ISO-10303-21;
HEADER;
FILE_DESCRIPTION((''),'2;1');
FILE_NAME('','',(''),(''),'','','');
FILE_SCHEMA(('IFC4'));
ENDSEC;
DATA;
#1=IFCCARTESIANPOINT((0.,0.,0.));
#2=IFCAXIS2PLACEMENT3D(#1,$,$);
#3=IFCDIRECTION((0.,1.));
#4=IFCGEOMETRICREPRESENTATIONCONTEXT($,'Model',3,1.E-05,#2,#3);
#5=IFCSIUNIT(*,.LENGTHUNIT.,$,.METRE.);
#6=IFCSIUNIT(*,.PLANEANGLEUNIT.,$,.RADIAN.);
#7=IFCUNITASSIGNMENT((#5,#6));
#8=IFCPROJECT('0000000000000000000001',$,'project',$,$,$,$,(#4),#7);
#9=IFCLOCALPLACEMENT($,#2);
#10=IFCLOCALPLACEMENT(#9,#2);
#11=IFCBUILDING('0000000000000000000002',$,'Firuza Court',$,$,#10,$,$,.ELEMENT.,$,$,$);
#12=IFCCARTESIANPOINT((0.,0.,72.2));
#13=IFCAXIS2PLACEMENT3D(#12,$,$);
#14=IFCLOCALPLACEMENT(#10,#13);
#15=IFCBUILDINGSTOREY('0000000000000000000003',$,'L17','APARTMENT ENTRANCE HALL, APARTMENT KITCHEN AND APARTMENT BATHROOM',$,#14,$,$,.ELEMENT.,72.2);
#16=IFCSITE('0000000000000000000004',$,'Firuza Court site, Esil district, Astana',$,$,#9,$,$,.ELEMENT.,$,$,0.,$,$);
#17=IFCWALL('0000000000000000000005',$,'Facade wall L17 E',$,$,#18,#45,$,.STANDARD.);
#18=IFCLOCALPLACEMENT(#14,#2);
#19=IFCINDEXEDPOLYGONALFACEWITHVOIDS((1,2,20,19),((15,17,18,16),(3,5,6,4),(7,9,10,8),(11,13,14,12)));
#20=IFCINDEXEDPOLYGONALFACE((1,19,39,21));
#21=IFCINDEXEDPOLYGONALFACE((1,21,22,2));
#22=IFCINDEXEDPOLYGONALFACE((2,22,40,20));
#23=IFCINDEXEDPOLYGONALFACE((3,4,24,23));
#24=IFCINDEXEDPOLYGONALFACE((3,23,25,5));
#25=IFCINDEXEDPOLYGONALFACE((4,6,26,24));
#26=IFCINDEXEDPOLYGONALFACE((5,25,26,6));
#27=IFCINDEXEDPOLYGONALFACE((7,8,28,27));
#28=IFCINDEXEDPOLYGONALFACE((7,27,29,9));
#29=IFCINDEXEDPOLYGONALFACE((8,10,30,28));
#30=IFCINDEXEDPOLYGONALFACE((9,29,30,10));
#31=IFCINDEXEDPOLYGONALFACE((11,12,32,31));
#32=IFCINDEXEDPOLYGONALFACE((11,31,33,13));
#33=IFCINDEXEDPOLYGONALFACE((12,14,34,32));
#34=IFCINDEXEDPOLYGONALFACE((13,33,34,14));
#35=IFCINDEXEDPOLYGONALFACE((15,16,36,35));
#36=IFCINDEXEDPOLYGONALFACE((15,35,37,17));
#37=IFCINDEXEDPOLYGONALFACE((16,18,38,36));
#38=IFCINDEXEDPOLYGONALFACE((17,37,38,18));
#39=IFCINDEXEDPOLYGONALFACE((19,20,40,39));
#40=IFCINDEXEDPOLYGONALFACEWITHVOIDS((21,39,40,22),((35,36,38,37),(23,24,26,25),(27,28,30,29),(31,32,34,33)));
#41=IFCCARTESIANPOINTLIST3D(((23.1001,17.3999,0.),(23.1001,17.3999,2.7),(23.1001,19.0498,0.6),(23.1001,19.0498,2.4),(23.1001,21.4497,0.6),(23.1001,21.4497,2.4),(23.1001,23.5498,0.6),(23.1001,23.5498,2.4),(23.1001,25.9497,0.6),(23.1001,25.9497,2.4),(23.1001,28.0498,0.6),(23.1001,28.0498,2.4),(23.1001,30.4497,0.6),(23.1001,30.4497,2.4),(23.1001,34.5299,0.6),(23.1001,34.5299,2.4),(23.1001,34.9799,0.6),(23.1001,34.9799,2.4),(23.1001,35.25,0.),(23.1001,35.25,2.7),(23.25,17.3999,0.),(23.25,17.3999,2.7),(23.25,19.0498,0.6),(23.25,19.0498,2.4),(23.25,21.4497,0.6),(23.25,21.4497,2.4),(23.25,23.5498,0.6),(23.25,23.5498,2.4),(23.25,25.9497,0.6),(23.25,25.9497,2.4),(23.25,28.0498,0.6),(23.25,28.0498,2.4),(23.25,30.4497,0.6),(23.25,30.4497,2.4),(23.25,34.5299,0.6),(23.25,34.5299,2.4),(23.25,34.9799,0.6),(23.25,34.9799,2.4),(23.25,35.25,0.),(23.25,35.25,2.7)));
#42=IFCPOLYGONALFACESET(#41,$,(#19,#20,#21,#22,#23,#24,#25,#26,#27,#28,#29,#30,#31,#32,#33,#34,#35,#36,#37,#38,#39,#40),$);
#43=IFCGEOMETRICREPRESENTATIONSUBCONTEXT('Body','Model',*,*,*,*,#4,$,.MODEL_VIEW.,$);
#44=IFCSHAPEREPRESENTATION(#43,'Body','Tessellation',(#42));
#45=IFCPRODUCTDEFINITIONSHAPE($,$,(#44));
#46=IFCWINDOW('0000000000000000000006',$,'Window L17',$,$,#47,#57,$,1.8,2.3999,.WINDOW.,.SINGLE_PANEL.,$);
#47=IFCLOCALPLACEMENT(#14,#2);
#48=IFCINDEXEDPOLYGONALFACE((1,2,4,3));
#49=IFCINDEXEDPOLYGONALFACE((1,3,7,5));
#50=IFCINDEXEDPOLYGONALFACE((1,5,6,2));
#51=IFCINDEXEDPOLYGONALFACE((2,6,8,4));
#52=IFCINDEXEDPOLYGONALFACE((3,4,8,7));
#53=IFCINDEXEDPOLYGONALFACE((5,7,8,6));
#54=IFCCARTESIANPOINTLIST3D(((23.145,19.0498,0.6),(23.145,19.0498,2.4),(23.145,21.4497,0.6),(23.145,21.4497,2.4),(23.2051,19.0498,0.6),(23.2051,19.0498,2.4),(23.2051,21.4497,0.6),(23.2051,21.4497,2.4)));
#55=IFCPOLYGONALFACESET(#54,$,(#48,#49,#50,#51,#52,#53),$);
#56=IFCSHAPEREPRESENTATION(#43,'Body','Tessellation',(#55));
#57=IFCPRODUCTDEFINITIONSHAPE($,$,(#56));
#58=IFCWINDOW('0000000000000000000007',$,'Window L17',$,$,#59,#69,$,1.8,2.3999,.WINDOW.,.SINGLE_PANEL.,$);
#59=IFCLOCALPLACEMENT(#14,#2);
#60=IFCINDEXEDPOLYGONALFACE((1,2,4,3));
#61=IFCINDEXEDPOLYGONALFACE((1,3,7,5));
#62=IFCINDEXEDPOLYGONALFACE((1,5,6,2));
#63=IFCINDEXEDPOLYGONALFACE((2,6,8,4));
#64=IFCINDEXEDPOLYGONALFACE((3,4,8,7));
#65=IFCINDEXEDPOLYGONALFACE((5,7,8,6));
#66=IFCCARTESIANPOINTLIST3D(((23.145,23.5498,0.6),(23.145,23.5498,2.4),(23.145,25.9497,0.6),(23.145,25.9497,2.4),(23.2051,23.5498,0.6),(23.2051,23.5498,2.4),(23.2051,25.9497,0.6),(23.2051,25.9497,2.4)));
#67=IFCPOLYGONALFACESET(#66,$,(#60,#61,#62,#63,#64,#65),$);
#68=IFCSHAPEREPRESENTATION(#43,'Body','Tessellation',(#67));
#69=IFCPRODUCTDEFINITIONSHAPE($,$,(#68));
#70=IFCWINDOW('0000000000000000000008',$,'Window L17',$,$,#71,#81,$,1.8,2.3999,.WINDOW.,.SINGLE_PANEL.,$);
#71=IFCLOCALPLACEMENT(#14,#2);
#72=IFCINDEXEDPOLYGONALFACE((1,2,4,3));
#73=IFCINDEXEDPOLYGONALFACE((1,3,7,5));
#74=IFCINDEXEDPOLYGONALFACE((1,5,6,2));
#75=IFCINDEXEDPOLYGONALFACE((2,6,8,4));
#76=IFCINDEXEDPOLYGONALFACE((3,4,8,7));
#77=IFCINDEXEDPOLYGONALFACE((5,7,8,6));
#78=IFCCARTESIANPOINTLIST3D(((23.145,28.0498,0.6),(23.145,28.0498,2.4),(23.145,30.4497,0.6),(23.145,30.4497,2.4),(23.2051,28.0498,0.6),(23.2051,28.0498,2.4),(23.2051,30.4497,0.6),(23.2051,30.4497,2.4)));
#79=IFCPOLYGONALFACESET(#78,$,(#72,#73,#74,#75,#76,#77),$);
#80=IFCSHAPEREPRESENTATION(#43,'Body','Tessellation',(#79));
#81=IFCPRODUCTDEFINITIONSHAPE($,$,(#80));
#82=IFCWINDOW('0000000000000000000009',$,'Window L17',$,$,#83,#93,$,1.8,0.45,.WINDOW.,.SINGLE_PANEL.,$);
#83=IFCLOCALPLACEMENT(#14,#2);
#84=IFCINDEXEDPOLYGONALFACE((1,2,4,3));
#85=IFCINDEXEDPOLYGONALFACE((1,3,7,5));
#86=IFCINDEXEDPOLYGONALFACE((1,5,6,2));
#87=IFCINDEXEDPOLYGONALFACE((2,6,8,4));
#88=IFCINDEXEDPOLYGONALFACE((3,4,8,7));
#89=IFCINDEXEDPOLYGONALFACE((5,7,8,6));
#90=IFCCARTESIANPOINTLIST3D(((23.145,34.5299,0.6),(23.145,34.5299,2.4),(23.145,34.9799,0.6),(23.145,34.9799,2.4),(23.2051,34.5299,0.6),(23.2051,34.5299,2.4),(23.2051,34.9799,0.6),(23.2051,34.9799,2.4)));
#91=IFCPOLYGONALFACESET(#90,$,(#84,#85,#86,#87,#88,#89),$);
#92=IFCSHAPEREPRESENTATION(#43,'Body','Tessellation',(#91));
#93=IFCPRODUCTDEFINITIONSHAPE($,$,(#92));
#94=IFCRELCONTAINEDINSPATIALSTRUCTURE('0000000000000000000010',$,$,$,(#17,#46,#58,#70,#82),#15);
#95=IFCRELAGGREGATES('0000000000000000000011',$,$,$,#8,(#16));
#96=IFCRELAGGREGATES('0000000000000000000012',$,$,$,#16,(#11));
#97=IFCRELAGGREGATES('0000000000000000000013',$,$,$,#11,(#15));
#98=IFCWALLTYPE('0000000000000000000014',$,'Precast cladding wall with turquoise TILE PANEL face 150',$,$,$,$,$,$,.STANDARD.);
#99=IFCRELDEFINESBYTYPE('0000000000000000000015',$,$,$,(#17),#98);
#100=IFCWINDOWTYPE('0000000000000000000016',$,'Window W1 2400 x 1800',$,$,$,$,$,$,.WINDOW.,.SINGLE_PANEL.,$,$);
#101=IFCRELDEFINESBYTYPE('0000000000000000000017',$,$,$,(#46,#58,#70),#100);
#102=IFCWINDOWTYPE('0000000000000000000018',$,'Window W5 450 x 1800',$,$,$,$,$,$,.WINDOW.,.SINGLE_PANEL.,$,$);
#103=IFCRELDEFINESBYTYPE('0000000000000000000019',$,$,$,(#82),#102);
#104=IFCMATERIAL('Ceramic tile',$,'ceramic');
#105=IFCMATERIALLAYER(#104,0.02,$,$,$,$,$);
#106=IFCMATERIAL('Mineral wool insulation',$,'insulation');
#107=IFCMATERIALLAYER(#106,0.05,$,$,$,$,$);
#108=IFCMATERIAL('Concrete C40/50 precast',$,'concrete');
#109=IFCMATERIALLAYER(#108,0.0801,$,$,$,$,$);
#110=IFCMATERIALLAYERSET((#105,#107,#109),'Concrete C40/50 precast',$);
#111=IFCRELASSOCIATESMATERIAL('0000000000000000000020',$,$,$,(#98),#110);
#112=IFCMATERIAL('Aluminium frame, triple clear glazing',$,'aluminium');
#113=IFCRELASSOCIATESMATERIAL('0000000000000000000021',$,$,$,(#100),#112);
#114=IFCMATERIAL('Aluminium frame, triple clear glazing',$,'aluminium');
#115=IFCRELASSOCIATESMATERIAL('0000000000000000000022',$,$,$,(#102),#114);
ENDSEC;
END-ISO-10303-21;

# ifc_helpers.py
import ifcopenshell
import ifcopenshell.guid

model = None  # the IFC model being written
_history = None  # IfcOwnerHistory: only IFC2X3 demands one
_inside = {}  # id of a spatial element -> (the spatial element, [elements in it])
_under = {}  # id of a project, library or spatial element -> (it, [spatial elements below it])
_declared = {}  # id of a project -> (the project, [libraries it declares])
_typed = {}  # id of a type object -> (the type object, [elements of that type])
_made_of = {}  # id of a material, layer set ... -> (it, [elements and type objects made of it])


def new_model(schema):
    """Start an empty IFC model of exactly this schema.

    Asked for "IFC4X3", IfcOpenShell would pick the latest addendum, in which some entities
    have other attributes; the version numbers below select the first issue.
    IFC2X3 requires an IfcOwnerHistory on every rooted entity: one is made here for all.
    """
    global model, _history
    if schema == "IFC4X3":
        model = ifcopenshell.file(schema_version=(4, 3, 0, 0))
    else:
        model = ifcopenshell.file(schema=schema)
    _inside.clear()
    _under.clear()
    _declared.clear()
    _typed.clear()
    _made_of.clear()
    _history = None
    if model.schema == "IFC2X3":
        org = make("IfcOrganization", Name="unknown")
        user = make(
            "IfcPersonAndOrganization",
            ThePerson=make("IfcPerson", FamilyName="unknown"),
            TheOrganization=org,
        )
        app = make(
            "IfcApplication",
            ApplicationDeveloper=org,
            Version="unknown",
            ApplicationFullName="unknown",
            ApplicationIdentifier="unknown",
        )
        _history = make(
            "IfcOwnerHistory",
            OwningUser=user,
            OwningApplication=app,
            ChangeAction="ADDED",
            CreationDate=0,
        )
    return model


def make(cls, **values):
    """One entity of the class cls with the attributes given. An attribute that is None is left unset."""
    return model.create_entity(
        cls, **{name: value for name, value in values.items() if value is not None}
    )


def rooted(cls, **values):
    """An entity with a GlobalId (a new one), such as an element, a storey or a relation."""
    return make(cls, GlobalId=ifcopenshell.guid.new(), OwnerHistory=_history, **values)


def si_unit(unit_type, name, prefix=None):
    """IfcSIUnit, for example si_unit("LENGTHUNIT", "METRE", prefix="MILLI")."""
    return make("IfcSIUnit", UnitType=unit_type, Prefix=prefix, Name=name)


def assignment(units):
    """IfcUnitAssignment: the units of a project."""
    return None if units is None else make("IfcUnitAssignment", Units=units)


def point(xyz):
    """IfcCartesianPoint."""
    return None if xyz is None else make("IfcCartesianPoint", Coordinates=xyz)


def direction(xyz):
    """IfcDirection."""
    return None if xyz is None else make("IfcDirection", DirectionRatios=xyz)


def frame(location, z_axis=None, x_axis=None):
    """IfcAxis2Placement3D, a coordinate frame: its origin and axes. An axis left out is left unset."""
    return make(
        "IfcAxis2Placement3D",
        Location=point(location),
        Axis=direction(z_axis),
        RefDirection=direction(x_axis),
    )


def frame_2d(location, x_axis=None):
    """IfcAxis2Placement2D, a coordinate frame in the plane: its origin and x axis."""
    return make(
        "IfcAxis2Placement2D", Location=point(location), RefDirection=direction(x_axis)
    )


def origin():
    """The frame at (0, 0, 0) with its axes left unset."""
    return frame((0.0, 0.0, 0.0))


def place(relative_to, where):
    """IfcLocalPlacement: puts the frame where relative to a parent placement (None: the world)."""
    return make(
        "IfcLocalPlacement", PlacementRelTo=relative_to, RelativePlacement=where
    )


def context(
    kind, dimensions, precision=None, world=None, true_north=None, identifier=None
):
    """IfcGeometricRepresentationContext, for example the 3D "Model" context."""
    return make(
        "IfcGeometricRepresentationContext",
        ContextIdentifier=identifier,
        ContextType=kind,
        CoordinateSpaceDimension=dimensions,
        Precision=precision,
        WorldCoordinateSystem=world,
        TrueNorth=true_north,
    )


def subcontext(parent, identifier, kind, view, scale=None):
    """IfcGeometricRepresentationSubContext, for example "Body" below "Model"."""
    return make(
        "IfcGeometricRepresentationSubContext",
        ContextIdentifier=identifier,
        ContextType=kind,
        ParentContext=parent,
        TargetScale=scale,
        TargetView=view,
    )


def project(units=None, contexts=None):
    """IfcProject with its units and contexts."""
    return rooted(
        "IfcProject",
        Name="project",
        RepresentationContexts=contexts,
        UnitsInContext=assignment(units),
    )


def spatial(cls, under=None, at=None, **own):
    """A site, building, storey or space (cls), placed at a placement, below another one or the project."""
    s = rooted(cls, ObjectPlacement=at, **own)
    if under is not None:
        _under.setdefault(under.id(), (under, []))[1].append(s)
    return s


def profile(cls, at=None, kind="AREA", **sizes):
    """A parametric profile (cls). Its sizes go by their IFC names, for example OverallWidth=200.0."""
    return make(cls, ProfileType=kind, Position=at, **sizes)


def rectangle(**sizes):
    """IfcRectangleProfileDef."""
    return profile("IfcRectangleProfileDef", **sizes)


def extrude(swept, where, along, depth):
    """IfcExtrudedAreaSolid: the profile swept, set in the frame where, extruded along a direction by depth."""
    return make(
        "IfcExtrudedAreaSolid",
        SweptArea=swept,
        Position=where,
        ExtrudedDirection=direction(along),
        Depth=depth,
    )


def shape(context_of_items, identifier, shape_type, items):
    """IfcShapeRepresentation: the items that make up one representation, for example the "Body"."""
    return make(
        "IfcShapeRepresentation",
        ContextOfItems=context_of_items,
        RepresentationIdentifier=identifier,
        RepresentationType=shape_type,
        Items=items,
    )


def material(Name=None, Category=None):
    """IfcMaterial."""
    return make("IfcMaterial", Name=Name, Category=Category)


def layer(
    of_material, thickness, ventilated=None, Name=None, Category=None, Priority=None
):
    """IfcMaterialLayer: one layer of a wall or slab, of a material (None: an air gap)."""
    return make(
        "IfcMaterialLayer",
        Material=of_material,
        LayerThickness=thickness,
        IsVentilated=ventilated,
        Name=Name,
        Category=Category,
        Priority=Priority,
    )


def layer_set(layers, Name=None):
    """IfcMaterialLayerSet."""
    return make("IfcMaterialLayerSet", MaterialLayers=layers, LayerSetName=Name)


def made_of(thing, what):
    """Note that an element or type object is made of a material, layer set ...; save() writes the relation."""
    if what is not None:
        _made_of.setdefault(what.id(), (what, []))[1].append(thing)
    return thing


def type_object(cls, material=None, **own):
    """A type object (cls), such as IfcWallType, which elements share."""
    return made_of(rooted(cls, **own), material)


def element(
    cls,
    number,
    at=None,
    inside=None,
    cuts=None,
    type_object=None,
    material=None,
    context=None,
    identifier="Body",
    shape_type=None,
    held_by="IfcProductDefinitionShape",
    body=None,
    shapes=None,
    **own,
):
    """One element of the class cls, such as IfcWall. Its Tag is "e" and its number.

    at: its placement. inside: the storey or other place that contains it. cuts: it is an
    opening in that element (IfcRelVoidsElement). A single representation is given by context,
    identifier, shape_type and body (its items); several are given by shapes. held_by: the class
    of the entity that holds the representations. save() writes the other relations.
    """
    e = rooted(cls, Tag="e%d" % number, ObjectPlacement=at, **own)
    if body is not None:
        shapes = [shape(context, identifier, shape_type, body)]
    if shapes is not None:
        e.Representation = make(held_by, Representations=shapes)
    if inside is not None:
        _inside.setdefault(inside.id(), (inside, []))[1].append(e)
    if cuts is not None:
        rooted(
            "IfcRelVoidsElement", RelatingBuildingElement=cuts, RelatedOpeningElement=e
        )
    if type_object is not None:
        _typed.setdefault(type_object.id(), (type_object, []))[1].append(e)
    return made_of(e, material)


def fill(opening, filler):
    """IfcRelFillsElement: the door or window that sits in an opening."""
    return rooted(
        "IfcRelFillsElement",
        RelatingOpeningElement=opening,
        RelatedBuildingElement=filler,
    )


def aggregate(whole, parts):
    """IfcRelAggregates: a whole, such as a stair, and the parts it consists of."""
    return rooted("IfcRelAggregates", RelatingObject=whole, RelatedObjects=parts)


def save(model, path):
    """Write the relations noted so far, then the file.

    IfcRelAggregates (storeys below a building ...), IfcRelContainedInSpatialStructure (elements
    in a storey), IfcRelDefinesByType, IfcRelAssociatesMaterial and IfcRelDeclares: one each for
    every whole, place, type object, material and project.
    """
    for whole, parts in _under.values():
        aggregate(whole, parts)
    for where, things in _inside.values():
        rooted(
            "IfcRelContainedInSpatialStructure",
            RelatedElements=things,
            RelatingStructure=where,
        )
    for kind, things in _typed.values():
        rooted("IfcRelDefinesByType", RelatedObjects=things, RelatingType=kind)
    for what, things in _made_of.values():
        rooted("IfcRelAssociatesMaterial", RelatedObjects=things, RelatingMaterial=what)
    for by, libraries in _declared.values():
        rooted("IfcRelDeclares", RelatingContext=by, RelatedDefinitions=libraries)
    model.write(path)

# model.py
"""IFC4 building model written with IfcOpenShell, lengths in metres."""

from ifc_helpers import new_model, si_unit, direction, frame, frame_2d, origin, place, context, subcontext, project, spatial, rectangle, extrude, material, layer, layer_set, type_object, element, fill, save


model = new_model("IFC4")

# Units and contexts
model_context = context("Model", 3, precision=1e-05, world=origin(), true_north=direction((0.0, 1.0)))
body_context = subcontext(model_context, "Body", "Model", "MODEL_VIEW")
ifc_project = project(units=[si_unit("LENGTHUNIT", "METRE"), si_unit("PLANEANGLEUNIT", "RADIAN")], contexts=[model_context])

# Site, building, storey
site_placement = place(None, origin())
site = spatial("IfcSite", under=ifc_project, at=site_placement, Name="Firuza Court site, Esil district, Astana", CompositionType="ELEMENT", RefElevation=0.0)
building_placement = place(site_placement, origin())
building = spatial("IfcBuilding", under=site, at=building_placement, Name="Firuza Court", CompositionType="ELEMENT")
storey_placement = place(building_placement, frame((0.0, 0.0, 72.2)))
storey = spatial("IfcBuildingStorey", under=building, at=storey_placement, Name="L17", Description="APARTMENT ENTRANCE HALL, APARTMENT KITCHEN AND APARTMENT BATHROOM", CompositionType="ELEMENT", Elevation=72.2)

# Wall, openings, windows
ifc_material_1 = material(Name="Ceramic tile", Category="ceramic")
ifc_layer_1 = layer(ifc_material_1, 0.02)
ifc_material_2 = material(Name="Mineral wool insulation", Category="insulation")
ifc_layer_2 = layer(ifc_material_2, 0.05)
ifc_material_3 = material(Name="Concrete C40/50 precast", Category="concrete")
ifc_layer_3 = layer(ifc_material_3, 0.0801)
ifc_layer_set_1 = layer_set([ifc_layer_1, ifc_layer_2, ifc_layer_3], Name="Concrete C40/50 precast")
wall_type_1 = type_object("IfcWallType", Name="Precast cladding wall with turquoise TILE PANEL face 150", PredefinedType="STANDARD", material=ifc_layer_set_1)
wall_1_placement = place(storey_placement, frame((23.175, 17.3999, 0.0), z_axis=(0.0, 0.0, 1.0), x_axis=(0.0, 1.0, 0.0)))
wall_1 = element("IfcWall", 1, at=wall_1_placement, inside=storey, type_object=wall_type_1, Name="Facade wall L17 E", PredefinedType="STANDARD", context=body_context, shape_type="SweptSolid", body=[
    extrude(rectangle(XDim=17.8501, YDim=0.1499, at=frame_2d((8.925, 0.0))), origin(), (0.0, 0.0, 1.0), 2.7),
])
opening_1_placement = place(wall_1_placement, frame((1.6499, 0.0, 0.6001)))
opening_1 = element("IfcOpeningElement", 2, at=opening_1_placement, cuts=wall_1, PredefinedType="OPENING", context=body_context, shape_type="SweptSolid", body=[
    extrude(rectangle(XDim=2.3999, YDim=1.8, at=frame_2d((1.2, 0.8999))), frame((0.0, 0.0869, 0.0), z_axis=(0.0, -1.0, 0.0), x_axis=(1.0, 0.0, 0.0)), (0.0, 0.0, 1.0), 0.1738),
])
opening_2_placement = place(wall_1_placement, frame((6.1499, 0.0, 0.6001)))
opening_2 = element("IfcOpeningElement", 3, at=opening_2_placement, cuts=wall_1, PredefinedType="OPENING", context=body_context, shape_type="SweptSolid", body=[
    extrude(rectangle(XDim=2.3999, YDim=1.8, at=frame_2d((1.2, 0.8999))), frame((0.0, 0.0869, 0.0), z_axis=(0.0, -1.0, 0.0), x_axis=(1.0, 0.0, 0.0)), (0.0, 0.0, 1.0), 0.1738),
])
opening_3_placement = place(wall_1_placement, frame((10.6499, 0.0, 0.6001)))
opening_3 = element("IfcOpeningElement", 4, at=opening_3_placement, cuts=wall_1, PredefinedType="OPENING", context=body_context, shape_type="SweptSolid", body=[
    extrude(rectangle(XDim=2.3999, YDim=1.8, at=frame_2d((1.2, 0.8999))), frame((0.0, 0.0869, 0.0), z_axis=(0.0, -1.0, 0.0), x_axis=(1.0, 0.0, 0.0)), (0.0, 0.0, 1.0), 0.1738),
])
opening_4_placement = place(wall_1_placement, frame((17.1299, 0.0, 0.6001)))
opening_4 = element("IfcOpeningElement", 5, at=opening_4_placement, cuts=wall_1, PredefinedType="OPENING", context=body_context, shape_type="SweptSolid", body=[
    extrude(rectangle(XDim=0.45, YDim=1.8, at=frame_2d((0.2251, 0.8999))), frame((0.0, 0.0869, 0.0), z_axis=(0.0, -1.0, 0.0), x_axis=(1.0, 0.0, 0.0)), (0.0, 0.0, 1.0), 0.1738),
])
ifc_material_4 = material(Name="Aluminium frame, triple clear glazing", Category="aluminium")
window_type_1 = type_object("IfcWindowType", Name="Window W1 2400 x 1800", PartitioningType="SINGLE_PANEL", PredefinedType="WINDOW", material=ifc_material_4)
window_1_placement = place(opening_1_placement, origin())
window_1 = element("IfcWindow", 6, at=window_1_placement, inside=storey, type_object=window_type_1, Name="Window L17", OverallHeight=1.8, OverallWidth=2.3999, PartitioningType="SINGLE_PANEL", PredefinedType="WINDOW", context=body_context, shape_type="SweptSolid", body=[
    extrude(rectangle(XDim=2.3999, YDim=1.8, at=frame_2d((1.2, 0.8999))), frame((0.0, 0.03, 0.0), z_axis=(0.0, -1.0, 0.0), x_axis=(1.0, 0.0, 0.0)), (0.0, 0.0, 1.0), 0.0601),
])
fill(opening_1, window_1)
window_2_placement = place(opening_2_placement, origin())
window_2 = element("IfcWindow", 7, at=window_2_placement, inside=storey, type_object=window_type_1, Name="Window L17", OverallHeight=1.8, OverallWidth=2.3999, PartitioningType="SINGLE_PANEL", PredefinedType="WINDOW", context=body_context, shape_type="SweptSolid", body=[
    extrude(rectangle(XDim=2.3999, YDim=1.8, at=frame_2d((1.2, 0.8999))), frame((0.0, 0.03, 0.0), z_axis=(0.0, -1.0, 0.0), x_axis=(1.0, 0.0, 0.0)), (0.0, 0.0, 1.0), 0.0601),
])
fill(opening_2, window_2)
window_3_placement = place(opening_3_placement, origin())
window_3 = element("IfcWindow", 8, at=window_3_placement, inside=storey, type_object=window_type_1, Name="Window L17", OverallHeight=1.8, OverallWidth=2.3999, PartitioningType="SINGLE_PANEL", PredefinedType="WINDOW", context=body_context, shape_type="SweptSolid", body=[
    extrude(rectangle(XDim=2.3999, YDim=1.8, at=frame_2d((1.2, 0.8999))), frame((0.0, 0.03, 0.0), z_axis=(0.0, -1.0, 0.0), x_axis=(1.0, 0.0, 0.0)), (0.0, 0.0, 1.0), 0.0601),
])
fill(opening_3, window_3)
ifc_material_5 = material(Name="Aluminium frame, triple clear glazing", Category="aluminium")
window_type_2 = type_object("IfcWindowType", Name="Window W5 450 x 1800", PartitioningType="SINGLE_PANEL", PredefinedType="WINDOW", material=ifc_material_5)
window_4_placement = place(opening_4_placement, origin())
window_4 = element("IfcWindow", 9, at=window_4_placement, inside=storey, type_object=window_type_2, Name="Window L17", OverallHeight=1.8, OverallWidth=0.45, PartitioningType="SINGLE_PANEL", PredefinedType="WINDOW", context=body_context, shape_type="SweptSolid", body=[
    extrude(rectangle(XDim=0.45, YDim=1.8, at=frame_2d((0.2251, 0.8999))), frame((0.0, 0.03, 0.0), z_axis=(0.0, -1.0, 0.0), x_axis=(1.0, 0.0, 0.0)), (0.0, 0.0, 1.0), 0.0601),
])
fill(opening_4, window_4)

save(model, "model.ifc")
